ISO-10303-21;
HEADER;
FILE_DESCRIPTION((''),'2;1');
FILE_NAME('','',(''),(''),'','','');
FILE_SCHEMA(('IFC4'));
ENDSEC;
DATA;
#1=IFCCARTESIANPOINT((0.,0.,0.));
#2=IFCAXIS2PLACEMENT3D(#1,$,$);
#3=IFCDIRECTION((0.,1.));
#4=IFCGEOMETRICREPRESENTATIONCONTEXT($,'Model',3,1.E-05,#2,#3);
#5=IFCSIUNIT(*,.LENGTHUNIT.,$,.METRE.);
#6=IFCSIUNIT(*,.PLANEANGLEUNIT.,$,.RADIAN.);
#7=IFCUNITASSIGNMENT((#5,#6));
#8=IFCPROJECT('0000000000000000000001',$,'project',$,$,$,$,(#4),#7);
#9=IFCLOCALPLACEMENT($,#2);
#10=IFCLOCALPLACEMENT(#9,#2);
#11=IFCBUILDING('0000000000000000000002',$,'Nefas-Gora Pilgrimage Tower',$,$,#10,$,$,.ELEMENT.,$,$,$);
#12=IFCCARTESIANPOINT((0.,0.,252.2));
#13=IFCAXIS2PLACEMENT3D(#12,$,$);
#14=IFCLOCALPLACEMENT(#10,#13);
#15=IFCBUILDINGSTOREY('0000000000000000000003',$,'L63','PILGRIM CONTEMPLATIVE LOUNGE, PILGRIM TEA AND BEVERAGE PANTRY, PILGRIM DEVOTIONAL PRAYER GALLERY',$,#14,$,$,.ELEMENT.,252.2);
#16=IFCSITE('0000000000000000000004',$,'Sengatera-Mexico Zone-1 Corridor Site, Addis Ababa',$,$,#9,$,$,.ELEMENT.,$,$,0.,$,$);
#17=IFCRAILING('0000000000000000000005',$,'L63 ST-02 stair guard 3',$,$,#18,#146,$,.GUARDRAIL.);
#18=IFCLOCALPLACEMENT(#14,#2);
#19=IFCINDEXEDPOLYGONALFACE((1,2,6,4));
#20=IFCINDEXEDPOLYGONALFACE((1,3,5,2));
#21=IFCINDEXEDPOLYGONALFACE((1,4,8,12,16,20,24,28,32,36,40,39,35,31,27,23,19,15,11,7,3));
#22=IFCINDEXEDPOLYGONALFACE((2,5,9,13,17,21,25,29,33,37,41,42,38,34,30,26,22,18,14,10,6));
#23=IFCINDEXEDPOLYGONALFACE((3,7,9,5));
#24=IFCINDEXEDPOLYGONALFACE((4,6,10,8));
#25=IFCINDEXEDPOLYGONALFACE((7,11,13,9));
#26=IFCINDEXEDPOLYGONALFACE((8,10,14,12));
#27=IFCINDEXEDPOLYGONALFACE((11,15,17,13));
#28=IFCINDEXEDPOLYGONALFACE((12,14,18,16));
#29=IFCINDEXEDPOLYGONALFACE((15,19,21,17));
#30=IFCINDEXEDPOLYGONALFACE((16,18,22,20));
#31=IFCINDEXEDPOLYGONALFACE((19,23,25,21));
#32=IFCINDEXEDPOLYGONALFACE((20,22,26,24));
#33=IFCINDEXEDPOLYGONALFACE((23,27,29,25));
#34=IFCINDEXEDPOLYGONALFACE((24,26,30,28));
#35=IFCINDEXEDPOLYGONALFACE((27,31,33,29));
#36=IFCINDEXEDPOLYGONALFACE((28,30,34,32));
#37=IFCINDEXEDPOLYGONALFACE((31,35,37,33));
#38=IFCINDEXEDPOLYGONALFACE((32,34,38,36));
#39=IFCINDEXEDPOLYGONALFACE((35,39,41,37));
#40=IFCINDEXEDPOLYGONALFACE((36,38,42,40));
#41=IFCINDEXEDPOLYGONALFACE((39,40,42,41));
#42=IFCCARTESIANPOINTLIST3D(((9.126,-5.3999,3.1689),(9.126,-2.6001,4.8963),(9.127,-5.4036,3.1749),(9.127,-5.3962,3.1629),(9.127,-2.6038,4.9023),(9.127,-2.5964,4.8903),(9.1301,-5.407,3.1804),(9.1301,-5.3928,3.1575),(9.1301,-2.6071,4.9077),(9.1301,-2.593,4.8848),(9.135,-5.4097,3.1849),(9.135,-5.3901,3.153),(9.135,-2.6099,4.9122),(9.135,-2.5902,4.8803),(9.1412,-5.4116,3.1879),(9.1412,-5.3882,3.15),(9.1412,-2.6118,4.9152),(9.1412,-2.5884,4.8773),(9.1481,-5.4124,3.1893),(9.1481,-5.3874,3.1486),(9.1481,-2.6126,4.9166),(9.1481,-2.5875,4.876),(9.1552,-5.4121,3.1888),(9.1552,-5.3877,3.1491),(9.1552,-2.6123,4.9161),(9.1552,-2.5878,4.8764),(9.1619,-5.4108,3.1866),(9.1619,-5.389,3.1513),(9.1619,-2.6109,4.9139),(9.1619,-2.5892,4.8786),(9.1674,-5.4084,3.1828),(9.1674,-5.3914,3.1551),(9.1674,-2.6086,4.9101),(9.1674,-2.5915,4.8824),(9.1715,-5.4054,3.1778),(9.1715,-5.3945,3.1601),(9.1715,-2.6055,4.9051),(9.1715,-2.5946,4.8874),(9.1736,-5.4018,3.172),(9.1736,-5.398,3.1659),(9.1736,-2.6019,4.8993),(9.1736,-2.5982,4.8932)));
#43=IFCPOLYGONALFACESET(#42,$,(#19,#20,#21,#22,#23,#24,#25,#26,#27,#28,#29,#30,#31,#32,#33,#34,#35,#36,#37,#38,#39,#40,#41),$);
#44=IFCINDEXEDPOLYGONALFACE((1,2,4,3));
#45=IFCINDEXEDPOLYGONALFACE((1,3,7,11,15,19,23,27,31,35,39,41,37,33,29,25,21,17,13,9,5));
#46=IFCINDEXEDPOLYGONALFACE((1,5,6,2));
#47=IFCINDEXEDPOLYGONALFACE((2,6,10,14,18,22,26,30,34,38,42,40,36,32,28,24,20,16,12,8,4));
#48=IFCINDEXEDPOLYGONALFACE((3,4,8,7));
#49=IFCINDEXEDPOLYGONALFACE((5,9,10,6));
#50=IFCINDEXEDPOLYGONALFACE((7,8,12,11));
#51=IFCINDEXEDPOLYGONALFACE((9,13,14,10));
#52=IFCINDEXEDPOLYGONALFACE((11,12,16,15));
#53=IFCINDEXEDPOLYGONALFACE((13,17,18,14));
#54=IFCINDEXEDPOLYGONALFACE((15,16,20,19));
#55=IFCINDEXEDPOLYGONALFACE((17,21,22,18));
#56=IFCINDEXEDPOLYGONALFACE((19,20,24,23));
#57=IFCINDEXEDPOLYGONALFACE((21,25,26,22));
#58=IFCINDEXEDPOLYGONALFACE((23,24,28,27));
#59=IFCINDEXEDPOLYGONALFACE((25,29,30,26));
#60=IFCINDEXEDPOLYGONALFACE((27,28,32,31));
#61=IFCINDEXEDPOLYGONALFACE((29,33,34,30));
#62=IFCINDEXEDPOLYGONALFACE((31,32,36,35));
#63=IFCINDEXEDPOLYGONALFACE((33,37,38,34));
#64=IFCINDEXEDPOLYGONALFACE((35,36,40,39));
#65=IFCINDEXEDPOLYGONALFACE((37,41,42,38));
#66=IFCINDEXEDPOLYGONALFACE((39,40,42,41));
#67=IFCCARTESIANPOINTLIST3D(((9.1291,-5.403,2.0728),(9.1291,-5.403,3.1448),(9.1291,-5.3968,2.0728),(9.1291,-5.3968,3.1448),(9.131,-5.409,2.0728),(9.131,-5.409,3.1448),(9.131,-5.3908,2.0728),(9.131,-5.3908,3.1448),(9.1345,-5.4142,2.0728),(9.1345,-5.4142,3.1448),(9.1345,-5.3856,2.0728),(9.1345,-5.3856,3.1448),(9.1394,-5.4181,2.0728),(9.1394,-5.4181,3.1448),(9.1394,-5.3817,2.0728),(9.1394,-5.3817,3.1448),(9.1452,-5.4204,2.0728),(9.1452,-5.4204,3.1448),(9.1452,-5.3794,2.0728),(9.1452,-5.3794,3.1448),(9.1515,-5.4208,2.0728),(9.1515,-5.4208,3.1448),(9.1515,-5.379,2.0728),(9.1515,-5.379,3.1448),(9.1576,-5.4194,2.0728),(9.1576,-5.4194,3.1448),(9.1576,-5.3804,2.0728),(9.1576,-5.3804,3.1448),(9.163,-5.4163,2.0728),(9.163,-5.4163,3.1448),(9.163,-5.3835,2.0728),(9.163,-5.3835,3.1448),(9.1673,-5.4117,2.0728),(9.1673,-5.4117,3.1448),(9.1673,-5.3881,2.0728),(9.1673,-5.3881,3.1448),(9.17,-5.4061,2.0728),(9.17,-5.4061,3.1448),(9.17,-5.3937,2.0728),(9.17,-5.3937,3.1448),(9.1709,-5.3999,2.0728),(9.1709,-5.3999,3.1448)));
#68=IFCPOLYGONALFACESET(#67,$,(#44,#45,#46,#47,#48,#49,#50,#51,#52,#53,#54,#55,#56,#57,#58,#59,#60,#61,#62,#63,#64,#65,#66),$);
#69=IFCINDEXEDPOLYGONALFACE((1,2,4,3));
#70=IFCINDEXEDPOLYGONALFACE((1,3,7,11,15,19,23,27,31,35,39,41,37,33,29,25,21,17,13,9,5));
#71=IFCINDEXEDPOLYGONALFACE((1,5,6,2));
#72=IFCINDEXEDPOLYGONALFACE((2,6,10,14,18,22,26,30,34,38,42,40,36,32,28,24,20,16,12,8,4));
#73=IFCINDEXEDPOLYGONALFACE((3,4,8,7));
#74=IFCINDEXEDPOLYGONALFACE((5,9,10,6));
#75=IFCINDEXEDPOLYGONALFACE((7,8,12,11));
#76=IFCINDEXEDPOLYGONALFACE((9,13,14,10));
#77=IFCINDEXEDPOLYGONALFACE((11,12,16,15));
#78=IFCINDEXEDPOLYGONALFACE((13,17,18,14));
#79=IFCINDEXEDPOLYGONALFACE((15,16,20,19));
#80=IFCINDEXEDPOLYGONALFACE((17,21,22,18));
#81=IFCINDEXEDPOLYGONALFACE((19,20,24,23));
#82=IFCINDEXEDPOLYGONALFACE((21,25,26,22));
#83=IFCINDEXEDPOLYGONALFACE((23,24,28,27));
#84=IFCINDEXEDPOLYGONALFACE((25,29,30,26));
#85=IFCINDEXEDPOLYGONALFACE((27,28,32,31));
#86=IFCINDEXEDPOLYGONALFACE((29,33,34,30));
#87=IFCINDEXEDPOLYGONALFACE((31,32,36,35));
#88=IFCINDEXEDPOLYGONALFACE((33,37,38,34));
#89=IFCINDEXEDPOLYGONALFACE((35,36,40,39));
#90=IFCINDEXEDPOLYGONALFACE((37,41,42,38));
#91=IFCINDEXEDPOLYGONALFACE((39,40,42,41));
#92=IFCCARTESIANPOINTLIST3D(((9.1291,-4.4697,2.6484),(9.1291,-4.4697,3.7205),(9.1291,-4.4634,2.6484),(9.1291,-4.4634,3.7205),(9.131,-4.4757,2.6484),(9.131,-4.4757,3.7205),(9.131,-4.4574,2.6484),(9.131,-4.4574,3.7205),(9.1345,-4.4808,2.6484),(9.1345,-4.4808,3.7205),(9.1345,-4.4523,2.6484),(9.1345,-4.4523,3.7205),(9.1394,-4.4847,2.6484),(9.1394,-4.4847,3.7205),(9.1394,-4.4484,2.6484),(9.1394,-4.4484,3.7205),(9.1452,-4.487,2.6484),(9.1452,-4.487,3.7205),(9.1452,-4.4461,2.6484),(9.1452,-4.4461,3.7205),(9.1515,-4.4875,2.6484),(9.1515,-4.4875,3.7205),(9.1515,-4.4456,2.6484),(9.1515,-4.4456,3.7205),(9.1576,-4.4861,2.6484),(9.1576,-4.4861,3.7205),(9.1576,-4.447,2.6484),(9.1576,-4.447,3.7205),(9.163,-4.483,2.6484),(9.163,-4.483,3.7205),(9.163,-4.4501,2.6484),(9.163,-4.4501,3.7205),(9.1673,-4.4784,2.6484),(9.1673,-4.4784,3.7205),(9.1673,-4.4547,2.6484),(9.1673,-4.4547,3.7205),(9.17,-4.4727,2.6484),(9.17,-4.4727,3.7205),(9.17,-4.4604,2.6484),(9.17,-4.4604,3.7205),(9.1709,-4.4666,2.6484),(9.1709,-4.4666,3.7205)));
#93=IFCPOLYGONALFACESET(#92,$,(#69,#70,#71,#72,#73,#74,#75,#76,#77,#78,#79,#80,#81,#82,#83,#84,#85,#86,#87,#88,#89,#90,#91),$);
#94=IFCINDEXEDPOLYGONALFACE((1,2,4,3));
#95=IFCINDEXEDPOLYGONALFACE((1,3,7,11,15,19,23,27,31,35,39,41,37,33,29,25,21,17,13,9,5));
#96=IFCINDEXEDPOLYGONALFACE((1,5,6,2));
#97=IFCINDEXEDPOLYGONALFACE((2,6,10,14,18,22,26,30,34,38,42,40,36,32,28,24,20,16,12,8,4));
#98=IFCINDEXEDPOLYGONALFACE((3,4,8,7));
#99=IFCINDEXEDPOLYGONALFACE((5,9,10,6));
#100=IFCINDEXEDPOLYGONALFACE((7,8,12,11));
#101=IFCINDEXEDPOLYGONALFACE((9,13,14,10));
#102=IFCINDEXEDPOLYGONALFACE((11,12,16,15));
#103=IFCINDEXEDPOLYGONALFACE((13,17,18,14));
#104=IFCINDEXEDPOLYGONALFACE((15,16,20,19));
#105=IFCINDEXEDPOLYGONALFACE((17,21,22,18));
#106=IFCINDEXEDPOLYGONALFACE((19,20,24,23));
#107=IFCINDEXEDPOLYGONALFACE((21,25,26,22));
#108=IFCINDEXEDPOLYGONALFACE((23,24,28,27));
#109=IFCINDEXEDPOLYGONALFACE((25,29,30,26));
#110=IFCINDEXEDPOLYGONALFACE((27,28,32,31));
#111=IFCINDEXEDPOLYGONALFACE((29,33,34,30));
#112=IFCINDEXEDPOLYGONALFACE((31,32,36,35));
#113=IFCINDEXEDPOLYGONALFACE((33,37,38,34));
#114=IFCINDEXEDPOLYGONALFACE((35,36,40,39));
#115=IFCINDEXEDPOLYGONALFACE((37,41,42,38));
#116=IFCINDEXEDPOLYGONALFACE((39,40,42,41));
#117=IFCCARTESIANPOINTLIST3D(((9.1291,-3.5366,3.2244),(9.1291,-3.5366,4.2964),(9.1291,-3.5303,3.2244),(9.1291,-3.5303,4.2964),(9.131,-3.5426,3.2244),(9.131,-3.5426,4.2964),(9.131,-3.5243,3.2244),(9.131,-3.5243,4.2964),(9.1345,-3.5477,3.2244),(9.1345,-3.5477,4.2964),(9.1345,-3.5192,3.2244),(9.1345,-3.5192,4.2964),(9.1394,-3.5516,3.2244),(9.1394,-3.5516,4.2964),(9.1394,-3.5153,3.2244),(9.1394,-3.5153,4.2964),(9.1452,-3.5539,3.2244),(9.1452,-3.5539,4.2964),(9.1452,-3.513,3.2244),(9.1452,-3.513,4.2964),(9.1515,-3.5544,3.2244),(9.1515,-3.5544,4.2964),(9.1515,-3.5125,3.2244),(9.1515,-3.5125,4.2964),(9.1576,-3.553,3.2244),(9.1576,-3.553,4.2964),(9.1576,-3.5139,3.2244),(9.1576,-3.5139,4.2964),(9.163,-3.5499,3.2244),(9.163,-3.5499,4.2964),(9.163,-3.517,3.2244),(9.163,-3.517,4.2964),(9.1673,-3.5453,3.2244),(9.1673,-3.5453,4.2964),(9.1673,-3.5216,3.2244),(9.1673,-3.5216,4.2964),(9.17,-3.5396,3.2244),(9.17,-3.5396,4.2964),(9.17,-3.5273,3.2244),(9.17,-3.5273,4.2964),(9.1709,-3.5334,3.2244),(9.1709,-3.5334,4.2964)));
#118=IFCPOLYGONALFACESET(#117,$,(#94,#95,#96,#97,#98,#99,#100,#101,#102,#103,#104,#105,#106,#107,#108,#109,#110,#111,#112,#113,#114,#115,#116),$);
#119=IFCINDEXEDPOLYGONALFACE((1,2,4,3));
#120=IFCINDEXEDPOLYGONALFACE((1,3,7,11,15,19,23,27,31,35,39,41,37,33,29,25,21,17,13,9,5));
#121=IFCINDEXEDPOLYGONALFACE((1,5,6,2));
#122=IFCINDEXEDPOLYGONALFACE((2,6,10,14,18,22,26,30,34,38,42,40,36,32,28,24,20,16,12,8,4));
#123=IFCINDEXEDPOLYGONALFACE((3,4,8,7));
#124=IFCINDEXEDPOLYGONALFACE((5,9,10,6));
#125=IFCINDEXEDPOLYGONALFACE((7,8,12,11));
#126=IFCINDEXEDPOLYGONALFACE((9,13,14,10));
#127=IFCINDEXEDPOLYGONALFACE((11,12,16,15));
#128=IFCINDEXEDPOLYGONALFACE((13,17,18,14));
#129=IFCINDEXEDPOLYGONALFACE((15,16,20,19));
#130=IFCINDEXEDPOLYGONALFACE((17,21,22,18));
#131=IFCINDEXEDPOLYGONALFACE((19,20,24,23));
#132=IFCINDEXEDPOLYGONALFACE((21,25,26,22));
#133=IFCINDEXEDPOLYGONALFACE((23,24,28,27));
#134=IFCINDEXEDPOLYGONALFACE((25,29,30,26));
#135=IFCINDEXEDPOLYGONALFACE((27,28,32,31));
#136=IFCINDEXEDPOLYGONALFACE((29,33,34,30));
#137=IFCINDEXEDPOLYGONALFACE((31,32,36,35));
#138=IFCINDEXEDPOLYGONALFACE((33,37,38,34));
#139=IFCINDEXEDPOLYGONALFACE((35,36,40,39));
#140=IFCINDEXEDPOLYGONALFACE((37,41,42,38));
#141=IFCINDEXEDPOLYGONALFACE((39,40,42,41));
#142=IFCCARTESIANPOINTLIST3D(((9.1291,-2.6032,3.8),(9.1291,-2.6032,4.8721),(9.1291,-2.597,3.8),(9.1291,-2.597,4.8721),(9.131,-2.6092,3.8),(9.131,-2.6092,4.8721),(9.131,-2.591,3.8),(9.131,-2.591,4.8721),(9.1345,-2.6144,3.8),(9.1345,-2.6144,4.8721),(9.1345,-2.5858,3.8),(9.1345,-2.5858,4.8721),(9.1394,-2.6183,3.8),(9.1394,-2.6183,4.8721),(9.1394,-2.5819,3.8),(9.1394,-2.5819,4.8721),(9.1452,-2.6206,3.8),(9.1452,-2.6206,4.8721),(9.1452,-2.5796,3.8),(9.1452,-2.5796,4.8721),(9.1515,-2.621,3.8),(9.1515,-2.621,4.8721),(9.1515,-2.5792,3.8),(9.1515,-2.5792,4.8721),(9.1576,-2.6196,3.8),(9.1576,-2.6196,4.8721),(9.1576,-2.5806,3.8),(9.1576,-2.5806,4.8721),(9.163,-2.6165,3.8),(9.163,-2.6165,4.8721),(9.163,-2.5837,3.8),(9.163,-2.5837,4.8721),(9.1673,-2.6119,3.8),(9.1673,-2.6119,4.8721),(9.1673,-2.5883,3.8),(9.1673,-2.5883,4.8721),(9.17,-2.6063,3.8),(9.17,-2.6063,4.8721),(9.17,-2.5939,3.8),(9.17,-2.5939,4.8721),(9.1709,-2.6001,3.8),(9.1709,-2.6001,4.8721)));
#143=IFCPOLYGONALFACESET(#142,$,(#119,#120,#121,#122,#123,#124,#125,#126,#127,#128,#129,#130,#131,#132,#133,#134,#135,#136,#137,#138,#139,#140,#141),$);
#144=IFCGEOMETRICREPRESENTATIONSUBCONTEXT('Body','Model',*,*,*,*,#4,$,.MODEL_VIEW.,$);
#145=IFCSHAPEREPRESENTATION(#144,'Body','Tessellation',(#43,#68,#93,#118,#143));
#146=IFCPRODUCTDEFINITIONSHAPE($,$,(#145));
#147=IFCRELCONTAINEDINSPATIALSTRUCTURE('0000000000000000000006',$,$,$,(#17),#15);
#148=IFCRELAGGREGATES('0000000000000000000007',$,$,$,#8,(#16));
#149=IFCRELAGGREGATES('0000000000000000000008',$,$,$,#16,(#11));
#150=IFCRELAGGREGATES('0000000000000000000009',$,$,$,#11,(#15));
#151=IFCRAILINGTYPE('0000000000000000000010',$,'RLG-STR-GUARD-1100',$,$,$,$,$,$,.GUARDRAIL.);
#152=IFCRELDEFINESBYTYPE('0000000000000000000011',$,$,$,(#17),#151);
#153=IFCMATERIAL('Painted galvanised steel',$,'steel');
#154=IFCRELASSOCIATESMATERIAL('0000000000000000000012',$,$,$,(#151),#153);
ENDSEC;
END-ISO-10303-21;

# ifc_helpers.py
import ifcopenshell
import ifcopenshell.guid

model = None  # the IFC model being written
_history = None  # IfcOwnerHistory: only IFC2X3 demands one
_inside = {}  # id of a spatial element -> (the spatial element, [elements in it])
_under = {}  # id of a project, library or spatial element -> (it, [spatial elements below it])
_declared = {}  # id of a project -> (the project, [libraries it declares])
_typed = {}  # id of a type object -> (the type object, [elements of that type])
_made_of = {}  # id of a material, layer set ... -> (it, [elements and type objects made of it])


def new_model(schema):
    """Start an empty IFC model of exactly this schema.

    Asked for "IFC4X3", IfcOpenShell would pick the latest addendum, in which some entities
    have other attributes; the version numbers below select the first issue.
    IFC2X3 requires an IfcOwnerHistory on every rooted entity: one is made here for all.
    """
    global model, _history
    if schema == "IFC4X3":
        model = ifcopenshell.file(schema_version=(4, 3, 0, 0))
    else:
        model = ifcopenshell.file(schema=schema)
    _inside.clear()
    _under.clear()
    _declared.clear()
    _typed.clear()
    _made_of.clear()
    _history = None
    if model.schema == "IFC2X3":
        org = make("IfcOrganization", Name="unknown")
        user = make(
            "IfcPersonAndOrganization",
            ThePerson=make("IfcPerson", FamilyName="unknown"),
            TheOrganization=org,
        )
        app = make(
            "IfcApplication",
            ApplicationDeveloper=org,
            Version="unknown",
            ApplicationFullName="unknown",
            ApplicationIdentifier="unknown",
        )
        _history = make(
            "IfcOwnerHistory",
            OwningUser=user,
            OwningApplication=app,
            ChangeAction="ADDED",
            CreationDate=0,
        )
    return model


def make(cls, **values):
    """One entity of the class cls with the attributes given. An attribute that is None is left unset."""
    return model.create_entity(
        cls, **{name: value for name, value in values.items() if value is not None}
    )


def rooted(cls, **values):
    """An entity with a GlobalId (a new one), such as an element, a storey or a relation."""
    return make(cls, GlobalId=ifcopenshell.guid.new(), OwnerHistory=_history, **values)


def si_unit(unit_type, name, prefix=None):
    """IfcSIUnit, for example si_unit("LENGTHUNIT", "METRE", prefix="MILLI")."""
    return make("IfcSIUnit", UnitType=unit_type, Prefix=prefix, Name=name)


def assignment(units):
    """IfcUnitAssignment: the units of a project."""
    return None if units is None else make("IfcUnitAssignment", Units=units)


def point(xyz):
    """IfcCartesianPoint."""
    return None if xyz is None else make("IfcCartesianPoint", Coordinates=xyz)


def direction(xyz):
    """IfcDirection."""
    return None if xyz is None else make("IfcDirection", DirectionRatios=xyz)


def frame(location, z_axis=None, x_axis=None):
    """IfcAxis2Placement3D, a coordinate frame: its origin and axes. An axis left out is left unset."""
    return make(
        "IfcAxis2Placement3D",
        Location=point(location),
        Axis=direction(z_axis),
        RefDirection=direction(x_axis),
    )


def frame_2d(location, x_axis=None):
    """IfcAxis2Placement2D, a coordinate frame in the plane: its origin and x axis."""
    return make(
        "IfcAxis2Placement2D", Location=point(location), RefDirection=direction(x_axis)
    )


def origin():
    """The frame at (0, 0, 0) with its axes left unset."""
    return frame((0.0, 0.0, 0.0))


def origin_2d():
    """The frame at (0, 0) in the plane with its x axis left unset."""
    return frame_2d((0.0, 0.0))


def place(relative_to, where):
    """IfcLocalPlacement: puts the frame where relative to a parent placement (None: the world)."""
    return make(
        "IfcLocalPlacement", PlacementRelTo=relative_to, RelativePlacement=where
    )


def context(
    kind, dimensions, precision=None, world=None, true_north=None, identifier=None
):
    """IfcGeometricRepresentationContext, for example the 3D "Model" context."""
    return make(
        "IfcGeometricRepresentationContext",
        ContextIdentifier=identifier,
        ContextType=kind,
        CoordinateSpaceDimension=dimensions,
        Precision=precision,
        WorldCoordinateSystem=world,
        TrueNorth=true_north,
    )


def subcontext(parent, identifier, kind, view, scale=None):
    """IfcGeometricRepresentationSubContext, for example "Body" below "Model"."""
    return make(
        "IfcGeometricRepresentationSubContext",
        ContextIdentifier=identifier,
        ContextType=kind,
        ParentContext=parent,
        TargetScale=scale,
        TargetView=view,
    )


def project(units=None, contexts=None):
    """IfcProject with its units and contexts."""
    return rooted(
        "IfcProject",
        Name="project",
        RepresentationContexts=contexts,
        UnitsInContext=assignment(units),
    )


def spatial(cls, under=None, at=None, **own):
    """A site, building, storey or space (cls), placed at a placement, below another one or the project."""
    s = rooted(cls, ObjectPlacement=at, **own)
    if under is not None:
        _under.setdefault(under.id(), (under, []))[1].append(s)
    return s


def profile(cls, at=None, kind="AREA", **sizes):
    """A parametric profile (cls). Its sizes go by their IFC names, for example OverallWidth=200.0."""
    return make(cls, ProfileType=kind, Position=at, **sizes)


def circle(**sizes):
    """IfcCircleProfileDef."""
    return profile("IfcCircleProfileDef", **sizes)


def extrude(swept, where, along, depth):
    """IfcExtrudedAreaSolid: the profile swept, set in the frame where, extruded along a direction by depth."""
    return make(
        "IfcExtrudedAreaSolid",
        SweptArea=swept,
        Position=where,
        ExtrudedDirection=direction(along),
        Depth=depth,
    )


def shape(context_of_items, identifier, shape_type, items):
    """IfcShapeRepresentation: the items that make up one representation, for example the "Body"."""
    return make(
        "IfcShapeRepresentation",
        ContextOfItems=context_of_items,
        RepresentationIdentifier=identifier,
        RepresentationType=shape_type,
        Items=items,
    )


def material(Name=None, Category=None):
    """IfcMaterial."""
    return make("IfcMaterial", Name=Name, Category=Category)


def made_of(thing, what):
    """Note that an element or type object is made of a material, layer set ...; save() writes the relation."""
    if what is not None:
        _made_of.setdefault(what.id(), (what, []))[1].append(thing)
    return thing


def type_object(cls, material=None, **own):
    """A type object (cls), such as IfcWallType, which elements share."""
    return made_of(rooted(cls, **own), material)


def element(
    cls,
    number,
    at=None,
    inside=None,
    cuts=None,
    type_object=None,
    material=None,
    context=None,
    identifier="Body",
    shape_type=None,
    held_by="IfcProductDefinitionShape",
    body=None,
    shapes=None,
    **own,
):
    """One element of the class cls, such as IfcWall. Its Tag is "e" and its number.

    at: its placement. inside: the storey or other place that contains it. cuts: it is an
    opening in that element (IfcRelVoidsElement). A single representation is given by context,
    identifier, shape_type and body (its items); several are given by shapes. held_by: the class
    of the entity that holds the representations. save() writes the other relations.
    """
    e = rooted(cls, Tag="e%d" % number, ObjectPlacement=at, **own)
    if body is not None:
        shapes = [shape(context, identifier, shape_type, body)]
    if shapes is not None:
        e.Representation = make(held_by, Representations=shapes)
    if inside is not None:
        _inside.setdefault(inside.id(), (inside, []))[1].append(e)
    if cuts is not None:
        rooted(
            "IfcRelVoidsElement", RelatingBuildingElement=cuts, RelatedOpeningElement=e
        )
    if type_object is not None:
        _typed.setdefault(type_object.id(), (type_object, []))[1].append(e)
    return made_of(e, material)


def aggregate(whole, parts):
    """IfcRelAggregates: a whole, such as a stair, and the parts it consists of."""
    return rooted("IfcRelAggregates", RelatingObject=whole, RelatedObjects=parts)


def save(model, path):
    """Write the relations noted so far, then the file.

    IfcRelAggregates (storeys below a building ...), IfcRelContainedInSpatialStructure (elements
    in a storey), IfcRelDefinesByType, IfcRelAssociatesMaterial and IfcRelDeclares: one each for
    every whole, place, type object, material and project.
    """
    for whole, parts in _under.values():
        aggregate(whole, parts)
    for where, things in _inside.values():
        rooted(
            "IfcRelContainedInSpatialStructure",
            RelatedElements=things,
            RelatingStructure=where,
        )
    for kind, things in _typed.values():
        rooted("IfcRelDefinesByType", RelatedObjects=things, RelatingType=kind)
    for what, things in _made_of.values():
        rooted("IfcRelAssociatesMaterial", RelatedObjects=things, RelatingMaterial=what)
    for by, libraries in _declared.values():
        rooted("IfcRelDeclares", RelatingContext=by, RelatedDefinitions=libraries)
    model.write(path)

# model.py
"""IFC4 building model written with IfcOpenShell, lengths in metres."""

from ifc_helpers import new_model, si_unit, direction, frame, origin, origin_2d, place, context, subcontext, project, spatial, circle, extrude, material, type_object, element, save


model = new_model("IFC4")

# Units and contexts
model_context = context("Model", 3, precision=1e-05, world=origin(), true_north=direction((0.0, 1.0)))
body_context = subcontext(model_context, "Body", "Model", "MODEL_VIEW")
ifc_project = project(units=[si_unit("LENGTHUNIT", "METRE"), si_unit("PLANEANGLEUNIT", "RADIAN")], contexts=[model_context])

# Site, building, storey
site_placement = place(None, origin())
site = spatial("IfcSite", under=ifc_project, at=site_placement, Name="Sengatera-Mexico Zone-1 Corridor Site, Addis Ababa", CompositionType="ELEMENT", RefElevation=0.0)
building_placement = place(site_placement, origin())
building = spatial("IfcBuilding", under=site, at=building_placement, Name="Nefas-Gora Pilgrimage Tower", CompositionType="ELEMENT")
storey_placement = place(building_placement, frame((0.0, 0.0, 252.2)))
storey = spatial("IfcBuildingStorey", under=building, at=storey_placement, Name="L63", Description="PILGRIM CONTEMPLATIVE LOUNGE, PILGRIM TEA AND BEVERAGE PANTRY, PILGRIM DEVOTIONAL PRAYER GALLERY", CompositionType="ELEMENT", Elevation=252.2)

# Railing
ifc_material_1 = material(Name="Painted galvanised steel", Category="steel")
railing_type_1 = type_object("IfcRailingType", Name="RLG-STR-GUARD-1100", PredefinedType="GUARDRAIL", material=ifc_material_1)
railing_1_placement = place(storey_placement, frame((9.1499, -5.3999, 2.0728)))
element("IfcRailing", 1, at=railing_1_placement, inside=storey, type_object=railing_type_1, Name="L63 ST-02 stair guard 3", PredefinedType="GUARDRAIL", context=body_context, shape_type="SweptSolid", body=[
    extrude(circle(Radius=0.0239, at=origin_2d()), frame((0.0, 0.0, 1.0962), z_axis=(0.0, 0.851069, 0.525054), x_axis=(-1.0, 0.0, 0.0)), (0.0, 0.0, 1.0), 3.2898),
    extrude(circle(Radius=0.021, at=origin_2d()), origin(), (0.0, 0.0, 1.0), 1.072),
    extrude(circle(Radius=0.021, at=origin_2d()), frame((0.0, 0.9333, 0.5757)), (0.0, 0.0, 1.0), 1.072),
    extrude(circle(Radius=0.021, at=origin_2d()), frame((0.0, 1.8665, 1.1516)), (0.0, 0.0, 1.0), 1.072),
    extrude(circle(Radius=0.021, at=origin_2d()), frame((0.0, 2.7998, 1.7273)), (0.0, 0.0, 1.0), 1.072),
])

save(model, "model.ifc")
